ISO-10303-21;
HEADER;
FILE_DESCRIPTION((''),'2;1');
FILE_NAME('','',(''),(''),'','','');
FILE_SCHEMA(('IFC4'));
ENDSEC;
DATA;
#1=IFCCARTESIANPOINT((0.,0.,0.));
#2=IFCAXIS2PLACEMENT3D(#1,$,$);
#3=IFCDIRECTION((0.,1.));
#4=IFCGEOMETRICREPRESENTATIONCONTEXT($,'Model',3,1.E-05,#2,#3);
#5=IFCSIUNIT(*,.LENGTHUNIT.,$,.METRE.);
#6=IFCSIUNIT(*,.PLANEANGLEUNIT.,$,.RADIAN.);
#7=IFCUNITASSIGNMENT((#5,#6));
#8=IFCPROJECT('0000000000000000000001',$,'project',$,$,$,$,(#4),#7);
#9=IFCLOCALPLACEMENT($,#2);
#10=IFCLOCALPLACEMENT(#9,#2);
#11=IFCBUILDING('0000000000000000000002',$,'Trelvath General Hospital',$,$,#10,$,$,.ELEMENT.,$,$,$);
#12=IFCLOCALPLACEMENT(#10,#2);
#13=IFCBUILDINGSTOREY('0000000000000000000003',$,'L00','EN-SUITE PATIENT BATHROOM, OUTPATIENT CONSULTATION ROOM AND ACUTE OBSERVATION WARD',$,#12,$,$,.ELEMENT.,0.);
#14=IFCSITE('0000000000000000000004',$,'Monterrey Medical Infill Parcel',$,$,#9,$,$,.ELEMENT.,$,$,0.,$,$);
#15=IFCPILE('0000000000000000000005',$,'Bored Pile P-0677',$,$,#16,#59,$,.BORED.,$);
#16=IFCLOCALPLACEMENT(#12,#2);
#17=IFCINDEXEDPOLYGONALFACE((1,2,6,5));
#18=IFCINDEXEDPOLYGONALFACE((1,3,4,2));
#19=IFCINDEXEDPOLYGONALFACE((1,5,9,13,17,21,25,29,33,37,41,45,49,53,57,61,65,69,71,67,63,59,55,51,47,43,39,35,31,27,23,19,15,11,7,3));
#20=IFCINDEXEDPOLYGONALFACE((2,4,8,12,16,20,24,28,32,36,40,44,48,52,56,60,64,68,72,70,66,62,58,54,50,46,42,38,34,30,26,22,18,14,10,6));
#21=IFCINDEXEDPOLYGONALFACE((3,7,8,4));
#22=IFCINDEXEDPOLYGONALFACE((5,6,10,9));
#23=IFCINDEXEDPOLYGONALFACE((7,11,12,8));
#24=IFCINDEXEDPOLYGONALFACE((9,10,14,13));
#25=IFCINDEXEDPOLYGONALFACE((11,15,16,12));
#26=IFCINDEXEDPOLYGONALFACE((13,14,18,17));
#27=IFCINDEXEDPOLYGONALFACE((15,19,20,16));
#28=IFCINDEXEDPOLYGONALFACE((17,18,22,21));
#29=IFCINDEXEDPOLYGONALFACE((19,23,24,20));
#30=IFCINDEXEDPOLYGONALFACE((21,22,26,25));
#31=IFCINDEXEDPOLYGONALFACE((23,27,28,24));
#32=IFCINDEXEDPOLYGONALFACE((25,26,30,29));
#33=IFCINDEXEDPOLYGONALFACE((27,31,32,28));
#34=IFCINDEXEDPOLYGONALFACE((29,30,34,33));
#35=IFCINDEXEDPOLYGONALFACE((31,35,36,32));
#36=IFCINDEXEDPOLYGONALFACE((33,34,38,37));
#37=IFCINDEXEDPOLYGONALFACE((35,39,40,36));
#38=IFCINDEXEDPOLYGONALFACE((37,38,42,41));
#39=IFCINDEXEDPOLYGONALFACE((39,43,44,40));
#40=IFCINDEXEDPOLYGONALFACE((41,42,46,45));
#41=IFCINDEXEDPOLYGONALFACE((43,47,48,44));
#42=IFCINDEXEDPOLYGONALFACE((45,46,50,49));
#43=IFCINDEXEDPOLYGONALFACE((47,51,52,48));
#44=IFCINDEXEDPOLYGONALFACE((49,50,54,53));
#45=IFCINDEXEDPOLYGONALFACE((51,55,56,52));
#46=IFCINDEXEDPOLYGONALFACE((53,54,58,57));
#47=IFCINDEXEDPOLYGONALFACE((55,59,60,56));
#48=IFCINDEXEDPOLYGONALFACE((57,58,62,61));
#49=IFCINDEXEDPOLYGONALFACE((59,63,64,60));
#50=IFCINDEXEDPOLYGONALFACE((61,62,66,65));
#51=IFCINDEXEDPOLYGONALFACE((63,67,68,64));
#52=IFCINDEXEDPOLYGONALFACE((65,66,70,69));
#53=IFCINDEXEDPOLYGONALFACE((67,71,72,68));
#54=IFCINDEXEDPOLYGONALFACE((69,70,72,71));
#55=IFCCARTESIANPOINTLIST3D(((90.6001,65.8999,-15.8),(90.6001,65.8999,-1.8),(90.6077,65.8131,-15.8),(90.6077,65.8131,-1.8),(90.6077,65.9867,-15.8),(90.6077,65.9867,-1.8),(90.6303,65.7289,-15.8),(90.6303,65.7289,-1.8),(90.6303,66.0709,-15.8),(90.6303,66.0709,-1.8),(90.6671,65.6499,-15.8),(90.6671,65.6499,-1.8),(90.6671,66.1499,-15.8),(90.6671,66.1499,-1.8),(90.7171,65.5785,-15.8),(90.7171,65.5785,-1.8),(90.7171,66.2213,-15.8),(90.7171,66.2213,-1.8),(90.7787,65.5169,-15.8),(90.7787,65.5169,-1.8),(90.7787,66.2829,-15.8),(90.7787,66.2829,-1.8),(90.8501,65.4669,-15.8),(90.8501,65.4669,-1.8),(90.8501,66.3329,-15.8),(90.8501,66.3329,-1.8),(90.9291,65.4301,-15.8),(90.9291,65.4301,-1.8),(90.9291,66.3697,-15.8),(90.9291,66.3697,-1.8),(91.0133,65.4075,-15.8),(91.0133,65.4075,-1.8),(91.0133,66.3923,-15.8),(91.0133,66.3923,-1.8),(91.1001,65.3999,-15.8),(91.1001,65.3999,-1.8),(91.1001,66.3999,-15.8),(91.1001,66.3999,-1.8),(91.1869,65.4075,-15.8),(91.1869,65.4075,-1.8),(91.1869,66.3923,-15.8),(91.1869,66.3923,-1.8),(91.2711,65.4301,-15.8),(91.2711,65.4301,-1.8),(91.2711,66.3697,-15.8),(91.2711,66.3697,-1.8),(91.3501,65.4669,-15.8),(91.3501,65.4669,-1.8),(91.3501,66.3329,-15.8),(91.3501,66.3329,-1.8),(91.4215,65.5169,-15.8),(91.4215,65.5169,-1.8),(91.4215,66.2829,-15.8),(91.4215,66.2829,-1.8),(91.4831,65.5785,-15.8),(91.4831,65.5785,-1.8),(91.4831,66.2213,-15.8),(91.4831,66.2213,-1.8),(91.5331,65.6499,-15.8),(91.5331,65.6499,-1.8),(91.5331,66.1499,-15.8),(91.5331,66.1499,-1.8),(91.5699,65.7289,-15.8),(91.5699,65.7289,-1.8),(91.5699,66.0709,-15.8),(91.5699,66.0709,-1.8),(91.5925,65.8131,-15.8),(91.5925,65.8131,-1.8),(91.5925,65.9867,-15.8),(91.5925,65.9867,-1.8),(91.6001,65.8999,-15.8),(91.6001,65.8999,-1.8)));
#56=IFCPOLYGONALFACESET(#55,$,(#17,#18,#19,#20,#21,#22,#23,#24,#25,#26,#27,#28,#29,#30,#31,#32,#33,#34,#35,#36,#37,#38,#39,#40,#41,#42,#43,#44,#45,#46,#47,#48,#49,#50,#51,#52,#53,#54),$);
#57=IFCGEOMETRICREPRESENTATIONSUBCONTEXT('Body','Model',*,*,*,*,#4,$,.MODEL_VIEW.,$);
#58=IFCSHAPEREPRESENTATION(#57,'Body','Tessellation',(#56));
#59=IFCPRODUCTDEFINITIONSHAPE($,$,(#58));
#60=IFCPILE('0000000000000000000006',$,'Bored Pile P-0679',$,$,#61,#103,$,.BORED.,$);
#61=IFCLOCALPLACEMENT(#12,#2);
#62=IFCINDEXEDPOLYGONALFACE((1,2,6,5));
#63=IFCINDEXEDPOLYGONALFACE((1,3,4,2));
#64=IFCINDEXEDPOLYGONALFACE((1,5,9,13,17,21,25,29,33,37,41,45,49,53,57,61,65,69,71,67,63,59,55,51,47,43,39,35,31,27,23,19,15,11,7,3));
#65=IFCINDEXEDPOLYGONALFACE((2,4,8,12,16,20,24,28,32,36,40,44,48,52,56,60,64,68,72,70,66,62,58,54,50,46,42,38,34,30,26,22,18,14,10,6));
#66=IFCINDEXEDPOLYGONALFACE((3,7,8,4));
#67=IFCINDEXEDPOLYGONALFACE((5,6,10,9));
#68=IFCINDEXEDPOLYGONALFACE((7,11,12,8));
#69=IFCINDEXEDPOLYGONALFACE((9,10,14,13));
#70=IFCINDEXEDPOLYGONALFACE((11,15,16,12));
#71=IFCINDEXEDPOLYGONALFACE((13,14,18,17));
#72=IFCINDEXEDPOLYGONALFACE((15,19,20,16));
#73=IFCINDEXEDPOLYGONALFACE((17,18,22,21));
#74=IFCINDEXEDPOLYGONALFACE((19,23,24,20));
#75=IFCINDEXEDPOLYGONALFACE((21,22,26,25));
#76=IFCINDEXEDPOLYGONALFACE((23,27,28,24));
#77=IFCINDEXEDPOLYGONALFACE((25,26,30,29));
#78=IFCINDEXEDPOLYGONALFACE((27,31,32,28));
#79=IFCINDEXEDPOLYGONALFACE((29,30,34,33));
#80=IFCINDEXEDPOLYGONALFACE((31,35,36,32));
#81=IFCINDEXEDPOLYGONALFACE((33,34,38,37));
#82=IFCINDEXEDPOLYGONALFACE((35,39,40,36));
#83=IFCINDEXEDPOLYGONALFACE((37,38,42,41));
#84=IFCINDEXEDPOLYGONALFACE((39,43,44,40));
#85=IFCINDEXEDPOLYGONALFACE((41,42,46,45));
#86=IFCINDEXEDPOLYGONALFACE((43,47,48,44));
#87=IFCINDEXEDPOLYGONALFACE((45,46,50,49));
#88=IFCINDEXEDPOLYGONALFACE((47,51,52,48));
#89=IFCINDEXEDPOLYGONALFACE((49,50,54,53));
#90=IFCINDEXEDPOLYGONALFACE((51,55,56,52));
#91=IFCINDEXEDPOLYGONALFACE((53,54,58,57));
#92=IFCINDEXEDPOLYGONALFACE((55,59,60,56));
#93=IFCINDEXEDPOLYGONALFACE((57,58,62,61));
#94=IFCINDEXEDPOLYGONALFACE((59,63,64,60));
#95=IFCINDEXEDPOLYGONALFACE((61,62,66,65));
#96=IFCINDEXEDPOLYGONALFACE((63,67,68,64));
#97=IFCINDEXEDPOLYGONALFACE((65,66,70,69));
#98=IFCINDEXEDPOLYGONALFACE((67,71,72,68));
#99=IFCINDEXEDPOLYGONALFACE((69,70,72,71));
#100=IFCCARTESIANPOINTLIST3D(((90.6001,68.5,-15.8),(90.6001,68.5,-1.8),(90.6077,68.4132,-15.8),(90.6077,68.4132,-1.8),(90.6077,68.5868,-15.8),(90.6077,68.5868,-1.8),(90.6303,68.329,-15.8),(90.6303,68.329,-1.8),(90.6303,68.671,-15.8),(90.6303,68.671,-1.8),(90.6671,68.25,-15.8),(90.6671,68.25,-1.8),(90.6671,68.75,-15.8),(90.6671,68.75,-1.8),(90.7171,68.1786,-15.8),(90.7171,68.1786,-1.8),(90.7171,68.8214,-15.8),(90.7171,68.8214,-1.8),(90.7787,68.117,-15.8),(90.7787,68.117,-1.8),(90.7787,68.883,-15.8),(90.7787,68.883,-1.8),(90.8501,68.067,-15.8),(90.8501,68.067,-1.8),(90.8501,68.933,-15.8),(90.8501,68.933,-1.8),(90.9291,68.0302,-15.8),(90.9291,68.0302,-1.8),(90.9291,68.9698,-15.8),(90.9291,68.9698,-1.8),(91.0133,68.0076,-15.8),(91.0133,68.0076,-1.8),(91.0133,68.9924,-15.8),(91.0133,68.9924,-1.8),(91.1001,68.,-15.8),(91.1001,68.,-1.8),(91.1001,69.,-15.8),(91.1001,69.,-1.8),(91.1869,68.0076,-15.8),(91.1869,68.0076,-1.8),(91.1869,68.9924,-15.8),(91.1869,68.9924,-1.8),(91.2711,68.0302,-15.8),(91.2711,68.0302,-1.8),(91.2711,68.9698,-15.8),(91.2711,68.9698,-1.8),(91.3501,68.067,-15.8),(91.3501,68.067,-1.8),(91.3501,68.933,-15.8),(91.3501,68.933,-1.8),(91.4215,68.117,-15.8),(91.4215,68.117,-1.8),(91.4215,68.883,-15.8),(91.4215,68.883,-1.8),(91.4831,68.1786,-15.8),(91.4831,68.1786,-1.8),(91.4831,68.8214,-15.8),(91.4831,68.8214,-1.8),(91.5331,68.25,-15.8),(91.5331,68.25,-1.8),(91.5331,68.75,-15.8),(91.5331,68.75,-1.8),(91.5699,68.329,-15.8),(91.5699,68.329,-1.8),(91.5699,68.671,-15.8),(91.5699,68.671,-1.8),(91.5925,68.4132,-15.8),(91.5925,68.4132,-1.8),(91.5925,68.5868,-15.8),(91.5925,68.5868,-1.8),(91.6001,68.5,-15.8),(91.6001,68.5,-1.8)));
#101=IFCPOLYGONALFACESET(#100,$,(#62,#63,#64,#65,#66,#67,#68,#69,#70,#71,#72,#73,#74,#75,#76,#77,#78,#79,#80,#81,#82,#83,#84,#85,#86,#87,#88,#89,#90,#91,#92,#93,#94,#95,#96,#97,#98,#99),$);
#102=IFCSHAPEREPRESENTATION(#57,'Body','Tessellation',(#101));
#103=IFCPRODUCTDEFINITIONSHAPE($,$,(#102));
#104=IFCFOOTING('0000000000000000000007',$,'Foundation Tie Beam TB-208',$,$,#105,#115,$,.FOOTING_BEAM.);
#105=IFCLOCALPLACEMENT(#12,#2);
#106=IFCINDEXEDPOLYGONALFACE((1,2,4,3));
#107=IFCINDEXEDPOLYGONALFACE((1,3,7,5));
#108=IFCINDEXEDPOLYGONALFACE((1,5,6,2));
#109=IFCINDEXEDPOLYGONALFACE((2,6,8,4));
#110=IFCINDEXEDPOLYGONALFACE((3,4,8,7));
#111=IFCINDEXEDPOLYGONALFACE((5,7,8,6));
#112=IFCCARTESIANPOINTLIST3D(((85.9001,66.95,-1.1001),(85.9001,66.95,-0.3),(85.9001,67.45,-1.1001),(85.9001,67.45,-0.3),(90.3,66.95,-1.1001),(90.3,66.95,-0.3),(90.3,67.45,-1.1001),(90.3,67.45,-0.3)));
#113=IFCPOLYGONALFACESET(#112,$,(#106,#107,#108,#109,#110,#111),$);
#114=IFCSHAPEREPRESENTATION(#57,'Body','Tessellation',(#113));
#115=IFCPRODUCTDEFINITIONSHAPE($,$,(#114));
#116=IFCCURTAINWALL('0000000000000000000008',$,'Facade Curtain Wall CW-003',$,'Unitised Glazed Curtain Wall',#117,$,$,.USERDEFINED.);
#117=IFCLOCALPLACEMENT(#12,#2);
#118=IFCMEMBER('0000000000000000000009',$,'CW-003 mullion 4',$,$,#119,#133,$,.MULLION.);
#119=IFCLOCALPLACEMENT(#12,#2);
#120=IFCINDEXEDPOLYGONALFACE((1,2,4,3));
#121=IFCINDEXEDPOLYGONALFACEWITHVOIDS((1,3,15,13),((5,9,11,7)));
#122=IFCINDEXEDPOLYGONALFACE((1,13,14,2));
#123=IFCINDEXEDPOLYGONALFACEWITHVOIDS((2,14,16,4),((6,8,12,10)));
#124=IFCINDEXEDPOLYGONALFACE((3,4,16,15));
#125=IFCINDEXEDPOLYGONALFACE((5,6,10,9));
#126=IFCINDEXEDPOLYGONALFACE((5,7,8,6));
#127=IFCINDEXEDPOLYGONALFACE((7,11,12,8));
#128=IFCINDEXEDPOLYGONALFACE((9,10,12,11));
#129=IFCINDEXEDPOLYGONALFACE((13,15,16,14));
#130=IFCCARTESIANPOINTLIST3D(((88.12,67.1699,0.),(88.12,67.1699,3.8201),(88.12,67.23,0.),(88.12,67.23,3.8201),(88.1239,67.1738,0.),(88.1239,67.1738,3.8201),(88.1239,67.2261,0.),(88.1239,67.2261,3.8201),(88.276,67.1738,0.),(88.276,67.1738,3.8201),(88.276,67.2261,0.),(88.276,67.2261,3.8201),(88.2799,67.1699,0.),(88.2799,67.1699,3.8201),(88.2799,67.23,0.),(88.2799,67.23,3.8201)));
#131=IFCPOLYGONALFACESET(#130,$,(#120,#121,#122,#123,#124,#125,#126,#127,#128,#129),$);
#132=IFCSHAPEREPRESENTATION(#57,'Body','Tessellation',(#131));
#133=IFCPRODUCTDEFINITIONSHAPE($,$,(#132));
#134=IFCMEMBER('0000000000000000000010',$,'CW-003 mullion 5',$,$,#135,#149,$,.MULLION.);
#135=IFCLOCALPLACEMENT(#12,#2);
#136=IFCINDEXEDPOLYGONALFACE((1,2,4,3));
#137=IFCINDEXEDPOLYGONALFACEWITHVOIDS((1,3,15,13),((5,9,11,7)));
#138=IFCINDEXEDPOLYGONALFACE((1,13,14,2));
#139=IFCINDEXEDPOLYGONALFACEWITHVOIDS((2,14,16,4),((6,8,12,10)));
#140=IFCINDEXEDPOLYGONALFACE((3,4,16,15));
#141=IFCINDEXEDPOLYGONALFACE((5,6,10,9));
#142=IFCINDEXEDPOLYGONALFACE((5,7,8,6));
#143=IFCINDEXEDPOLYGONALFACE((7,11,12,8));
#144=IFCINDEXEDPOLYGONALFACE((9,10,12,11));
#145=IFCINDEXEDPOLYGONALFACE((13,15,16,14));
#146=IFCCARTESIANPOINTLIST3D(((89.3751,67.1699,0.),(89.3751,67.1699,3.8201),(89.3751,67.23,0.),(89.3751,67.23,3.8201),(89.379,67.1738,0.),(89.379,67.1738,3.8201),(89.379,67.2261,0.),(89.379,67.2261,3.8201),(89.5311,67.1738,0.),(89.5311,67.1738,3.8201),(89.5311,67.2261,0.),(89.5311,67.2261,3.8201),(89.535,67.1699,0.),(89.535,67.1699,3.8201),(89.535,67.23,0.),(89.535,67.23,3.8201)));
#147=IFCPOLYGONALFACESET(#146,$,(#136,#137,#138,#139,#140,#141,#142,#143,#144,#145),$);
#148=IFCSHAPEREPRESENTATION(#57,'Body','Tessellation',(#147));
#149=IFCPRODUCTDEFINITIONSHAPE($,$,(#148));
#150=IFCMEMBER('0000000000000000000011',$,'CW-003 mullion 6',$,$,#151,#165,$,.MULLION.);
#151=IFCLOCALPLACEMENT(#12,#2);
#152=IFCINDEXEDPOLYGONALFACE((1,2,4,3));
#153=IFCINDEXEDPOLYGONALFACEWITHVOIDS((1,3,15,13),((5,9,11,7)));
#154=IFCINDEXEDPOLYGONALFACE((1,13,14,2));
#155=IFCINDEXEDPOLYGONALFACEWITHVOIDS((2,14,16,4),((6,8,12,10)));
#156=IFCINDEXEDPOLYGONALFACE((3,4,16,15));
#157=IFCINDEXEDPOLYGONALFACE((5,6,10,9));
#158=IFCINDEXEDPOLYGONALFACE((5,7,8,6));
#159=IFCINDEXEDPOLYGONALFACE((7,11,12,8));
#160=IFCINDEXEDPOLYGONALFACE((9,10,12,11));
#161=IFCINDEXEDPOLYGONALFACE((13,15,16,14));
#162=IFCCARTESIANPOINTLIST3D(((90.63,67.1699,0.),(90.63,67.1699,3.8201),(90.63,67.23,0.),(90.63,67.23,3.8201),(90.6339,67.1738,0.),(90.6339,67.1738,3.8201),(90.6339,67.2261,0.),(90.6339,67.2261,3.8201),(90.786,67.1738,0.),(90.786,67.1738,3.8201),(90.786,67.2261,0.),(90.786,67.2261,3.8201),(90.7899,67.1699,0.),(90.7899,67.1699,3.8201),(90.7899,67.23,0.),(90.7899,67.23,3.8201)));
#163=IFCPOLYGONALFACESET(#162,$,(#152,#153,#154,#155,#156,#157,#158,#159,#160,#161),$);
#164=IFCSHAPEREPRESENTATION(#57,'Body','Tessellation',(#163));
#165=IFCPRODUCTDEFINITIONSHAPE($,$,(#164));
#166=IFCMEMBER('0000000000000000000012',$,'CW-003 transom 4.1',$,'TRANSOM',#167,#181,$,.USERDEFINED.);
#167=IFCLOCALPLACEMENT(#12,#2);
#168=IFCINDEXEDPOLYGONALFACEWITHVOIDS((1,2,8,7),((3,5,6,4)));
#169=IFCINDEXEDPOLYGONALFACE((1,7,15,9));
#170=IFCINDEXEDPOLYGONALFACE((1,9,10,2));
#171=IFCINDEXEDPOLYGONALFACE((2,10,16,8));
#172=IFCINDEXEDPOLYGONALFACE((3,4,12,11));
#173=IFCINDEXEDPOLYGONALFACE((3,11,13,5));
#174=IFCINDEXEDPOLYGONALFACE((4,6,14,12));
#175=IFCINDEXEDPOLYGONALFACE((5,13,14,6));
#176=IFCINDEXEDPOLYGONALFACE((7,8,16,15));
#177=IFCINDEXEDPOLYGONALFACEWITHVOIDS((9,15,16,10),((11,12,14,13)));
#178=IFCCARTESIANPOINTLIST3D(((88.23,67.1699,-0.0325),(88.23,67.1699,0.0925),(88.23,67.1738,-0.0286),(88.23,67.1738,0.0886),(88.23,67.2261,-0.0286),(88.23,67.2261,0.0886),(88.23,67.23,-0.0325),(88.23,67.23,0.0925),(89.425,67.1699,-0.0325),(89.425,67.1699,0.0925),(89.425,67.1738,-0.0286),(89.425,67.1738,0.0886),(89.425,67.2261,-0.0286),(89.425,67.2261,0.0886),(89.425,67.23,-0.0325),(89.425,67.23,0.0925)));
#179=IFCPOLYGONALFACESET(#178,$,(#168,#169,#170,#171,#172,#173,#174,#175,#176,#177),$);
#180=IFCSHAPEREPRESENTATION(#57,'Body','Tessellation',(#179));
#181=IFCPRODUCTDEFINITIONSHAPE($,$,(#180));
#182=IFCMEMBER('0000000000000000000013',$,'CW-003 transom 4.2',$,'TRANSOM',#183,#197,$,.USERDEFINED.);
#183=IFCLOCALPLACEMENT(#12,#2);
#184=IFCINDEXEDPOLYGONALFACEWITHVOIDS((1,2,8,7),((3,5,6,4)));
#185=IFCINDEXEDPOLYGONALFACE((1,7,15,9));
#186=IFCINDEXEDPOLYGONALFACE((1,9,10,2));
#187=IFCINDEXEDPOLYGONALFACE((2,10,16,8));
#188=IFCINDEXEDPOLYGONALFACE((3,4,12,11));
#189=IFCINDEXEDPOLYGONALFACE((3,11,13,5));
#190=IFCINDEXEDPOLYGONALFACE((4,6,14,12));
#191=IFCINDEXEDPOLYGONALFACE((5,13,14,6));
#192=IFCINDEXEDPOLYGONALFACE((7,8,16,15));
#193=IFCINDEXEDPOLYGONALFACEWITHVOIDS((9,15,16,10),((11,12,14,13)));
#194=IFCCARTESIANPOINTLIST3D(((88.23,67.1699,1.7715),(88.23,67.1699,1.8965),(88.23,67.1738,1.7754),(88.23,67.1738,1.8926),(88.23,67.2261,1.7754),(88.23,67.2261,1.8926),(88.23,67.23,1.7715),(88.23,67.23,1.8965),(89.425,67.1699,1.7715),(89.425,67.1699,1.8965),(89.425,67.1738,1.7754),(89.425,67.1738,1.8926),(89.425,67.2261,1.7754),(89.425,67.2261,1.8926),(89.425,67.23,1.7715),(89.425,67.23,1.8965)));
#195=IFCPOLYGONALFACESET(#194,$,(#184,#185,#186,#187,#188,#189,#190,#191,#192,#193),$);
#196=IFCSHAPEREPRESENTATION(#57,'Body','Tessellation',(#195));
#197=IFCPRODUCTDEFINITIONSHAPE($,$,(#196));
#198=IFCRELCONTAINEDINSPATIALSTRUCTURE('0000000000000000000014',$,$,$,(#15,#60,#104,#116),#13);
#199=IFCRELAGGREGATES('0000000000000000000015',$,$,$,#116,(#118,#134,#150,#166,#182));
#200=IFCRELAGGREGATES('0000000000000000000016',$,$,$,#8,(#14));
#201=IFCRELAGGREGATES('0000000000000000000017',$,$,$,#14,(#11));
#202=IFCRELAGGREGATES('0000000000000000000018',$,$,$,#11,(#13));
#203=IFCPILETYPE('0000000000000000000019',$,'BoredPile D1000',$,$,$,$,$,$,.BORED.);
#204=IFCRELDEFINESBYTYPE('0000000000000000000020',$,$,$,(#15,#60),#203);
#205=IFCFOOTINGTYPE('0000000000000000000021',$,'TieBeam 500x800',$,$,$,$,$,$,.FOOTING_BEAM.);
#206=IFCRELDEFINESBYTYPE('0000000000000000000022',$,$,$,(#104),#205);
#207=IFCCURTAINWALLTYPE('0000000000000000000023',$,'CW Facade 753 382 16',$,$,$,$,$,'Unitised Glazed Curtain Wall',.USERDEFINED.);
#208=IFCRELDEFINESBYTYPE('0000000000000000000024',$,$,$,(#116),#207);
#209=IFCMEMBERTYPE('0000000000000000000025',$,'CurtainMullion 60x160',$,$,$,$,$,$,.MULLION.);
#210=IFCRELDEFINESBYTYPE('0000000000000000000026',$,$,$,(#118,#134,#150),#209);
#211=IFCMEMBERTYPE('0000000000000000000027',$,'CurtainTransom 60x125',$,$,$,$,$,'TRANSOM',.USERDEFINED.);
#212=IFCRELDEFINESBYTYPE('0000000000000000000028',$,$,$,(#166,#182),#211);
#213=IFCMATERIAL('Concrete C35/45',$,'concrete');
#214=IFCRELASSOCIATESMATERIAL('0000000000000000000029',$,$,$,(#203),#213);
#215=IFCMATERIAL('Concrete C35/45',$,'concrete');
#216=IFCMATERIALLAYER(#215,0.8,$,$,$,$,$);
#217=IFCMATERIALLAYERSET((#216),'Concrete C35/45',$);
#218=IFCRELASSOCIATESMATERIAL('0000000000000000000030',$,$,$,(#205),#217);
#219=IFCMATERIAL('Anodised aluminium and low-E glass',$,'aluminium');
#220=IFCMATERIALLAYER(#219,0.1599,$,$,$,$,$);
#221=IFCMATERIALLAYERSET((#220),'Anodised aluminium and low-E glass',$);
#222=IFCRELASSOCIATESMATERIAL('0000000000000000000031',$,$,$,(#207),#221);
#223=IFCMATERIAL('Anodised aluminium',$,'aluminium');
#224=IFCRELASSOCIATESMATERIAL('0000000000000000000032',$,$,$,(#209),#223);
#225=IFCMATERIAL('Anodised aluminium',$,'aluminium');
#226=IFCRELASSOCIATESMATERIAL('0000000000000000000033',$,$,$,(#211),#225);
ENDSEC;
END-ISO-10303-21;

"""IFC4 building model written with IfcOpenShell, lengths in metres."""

from ifc_helpers import new_model, si_unit, direction, frame, origin, origin_2d, place, context, subcontext, project, spatial, rectangle, hollow_rectangle, circle, extrude, material, layer, layer_set, material_profile, profile_set, type_object, element, aggregate, save


model = new_model("IFC4")

# Units and contexts
model_context = context("Model", 3, precision=1e-05, world=origin(), true_north=direction((0.0, 1.0)))
body_context = subcontext(model_context, "Body", "Model", "MODEL_VIEW")
ifc_project = project(units=[si_unit("LENGTHUNIT", "METRE"), si_unit("PLANEANGLEUNIT", "RADIAN")], contexts=[model_context])

# Site, building, storey
site_placement = place(None, origin())
site = spatial("IfcSite", under=ifc_project, at=site_placement, Name="Monterrey Medical Infill Parcel", CompositionType="ELEMENT", RefElevation=0.0)
building_placement = place(site_placement, origin())
building = spatial("IfcBuilding", under=site, at=building_placement, Name="Trelvath General Hospital", CompositionType="ELEMENT")
storey_placement = place(building_placement, origin())
storey = spatial("IfcBuildingStorey", under=building, at=storey_placement, Name="L00", Description="EN-SUITE PATIENT BATHROOM, OUTPATIENT CONSULTATION ROOM AND ACUTE OBSERVATION WARD", CompositionType="ELEMENT", Elevation=0.0)

# Piles
ifc_material_1 = material(Name="Concrete C35/45", Category="concrete")
ifc_material_profile_1 = material_profile(ifc_material_1, circle(Radius=0.5, at=origin_2d()), Name="PILE1000")
ifc_profile_set_1 = profile_set([ifc_material_profile_1], Name="Concrete C35/45")
pile_type = type_object("IfcPileType", Name="BoredPile D1000", PredefinedType="BORED", material=ifc_profile_set_1)
for number, where, z_axis, x_axis, name in (
    (1, (91.1001, 65.8999, -1.8), (0.0, 0.0, -1.0), (1.0, 0.0, 0.0), "Bored Pile P-0677"),
    (2, (91.1001, 68.5, -1.8), (0.0, 0.0, -1.0), (1.0, 0.0, 0.0), "Bored Pile P-0679"),
):
    element("IfcPile", number, at=place(storey_placement, frame(where, z_axis=z_axis, x_axis=x_axis)), inside=storey, type_object=pile_type, Name=name, PredefinedType="BORED", context=body_context, shape_type="SweptSolid", body=[
        extrude(circle(Radius=0.5, at=origin_2d()), origin(), (0.0, 0.0, 1.0), 14.0),
    ])

# Footing
ifc_material_2 = material(Name="Concrete C35/45", Category="concrete")
ifc_layer_1 = layer(ifc_material_2, 0.8)
ifc_layer_set_1 = layer_set([ifc_layer_1], Name="Concrete C35/45")
footing_type = type_object("IfcFootingType", Name="TieBeam 500x800", PredefinedType="FOOTING_BEAM", material=ifc_layer_set_1)
footing_placement = place(storey_placement, frame((88.1001, 67.2, -1.1001), z_axis=(0.0, 0.0, 1.0), x_axis=(1.0, 0.0, 0.0)))
element("IfcFooting", 3, at=footing_placement, inside=storey, type_object=footing_type, Name="Foundation Tie Beam TB-208", PredefinedType="FOOTING_BEAM", context=body_context, shape_type="SweptSolid", body=[
    extrude(rectangle(XDim=4.3999, YDim=0.5, at=origin_2d()), origin(), (0.0, 0.0, 1.0), 0.8),
])

# Curtain wall, members
ifc_material_3 = material(Name="Anodised aluminium and low-E glass", Category="aluminium")
ifc_layer_2 = layer(ifc_material_3, 0.1599)
ifc_layer_set_2 = layer_set([ifc_layer_2], Name="Anodised aluminium and low-E glass")
curtain_wall_type = type_object("IfcCurtainWallType", Name="CW Facade 753 382 16", ElementType="Unitised Glazed Curtain Wall", PredefinedType="USERDEFINED", material=ifc_layer_set_2)
curtain_wall_placement = place(storey_placement, origin())
curtain_wall = element("IfcCurtainWall", 4, at=curtain_wall_placement, inside=storey, type_object=curtain_wall_type, Name="Facade Curtain Wall CW-003", ObjectType="Unitised Glazed Curtain Wall", PredefinedType="USERDEFINED")
ifc_material_4 = material(Name="Anodised aluminium", Category="aluminium")
ifc_material_profile_2 = material_profile(ifc_material_4, hollow_rectangle(XDim=0.0601, YDim=0.1599, WallThickness=0.0039, at=origin_2d()), Name="RHS60x160x4")
ifc_profile_set_2 = profile_set([ifc_material_profile_2], Name="Anodised aluminium")
member_type_1 = type_object("IfcMemberType", Name="CurtainMullion 60x160", PredefinedType="MULLION", material=ifc_profile_set_2)
member_1_placement = place(storey_placement, frame((88.2, 67.2, 0.0), z_axis=(0.0, 0.0, 1.0), x_axis=(0.0, 1.0, 0.0)))
member_1 = element("IfcMember", 5, at=member_1_placement, type_object=member_type_1, Name="CW-003 mullion 4", PredefinedType="MULLION", context=body_context, shape_type="SweptSolid", body=[
    extrude(hollow_rectangle(XDim=0.0601, YDim=0.1599, WallThickness=0.0039, at=origin_2d()), origin(), (0.0, 0.0, 1.0), 3.8201),
])
member_2_placement = place(storey_placement, frame((89.4551, 67.2, 0.0), z_axis=(0.0, 0.0, 1.0), x_axis=(0.0, 1.0, 0.0)))
member_2 = element("IfcMember", 6, at=member_2_placement, type_object=member_type_1, Name="CW-003 mullion 5", PredefinedType="MULLION", context=body_context, shape_type="SweptSolid", body=[
    extrude(hollow_rectangle(XDim=0.0601, YDim=0.1599, WallThickness=0.0039, at=origin_2d()), origin(), (0.0, 0.0, 1.0), 3.8201),
])
member_3_placement = place(storey_placement, frame((90.71, 67.2, 0.0), z_axis=(0.0, 0.0, 1.0), x_axis=(0.0, 1.0, 0.0)))
member_3 = element("IfcMember", 7, at=member_3_placement, type_object=member_type_1, Name="CW-003 mullion 6", PredefinedType="MULLION", context=body_context, shape_type="SweptSolid", body=[
    extrude(hollow_rectangle(XDim=0.0601, YDim=0.1599, WallThickness=0.0039, at=origin_2d()), origin(), (0.0, 0.0, 1.0), 3.8201),
])
ifc_material_5 = material(Name="Anodised aluminium", Category="aluminium")
ifc_material_profile_3 = material_profile(ifc_material_5, hollow_rectangle(XDim=0.0601, YDim=0.125, WallThickness=0.0039, at=origin_2d()), Name="RHS60x125x4")
ifc_profile_set_3 = profile_set([ifc_material_profile_3], Name="Anodised aluminium")
member_type_2 = type_object("IfcMemberType", Name="CurtainTransom 60x125", ElementType="TRANSOM", PredefinedType="USERDEFINED", material=ifc_profile_set_3)
member_4_placement = place(storey_placement, frame((88.23, 67.2, 0.03), z_axis=(1.0, 0.0, 0.0), x_axis=(0.0, 1.0, 0.0)))
member_4 = element("IfcMember", 8, at=member_4_placement, type_object=member_type_2, Name="CW-003 transom 4.1", ObjectType="TRANSOM", PredefinedType="USERDEFINED", context=body_context, shape_type="SweptSolid", body=[
    extrude(hollow_rectangle(XDim=0.0601, YDim=0.125, WallThickness=0.0039, at=origin_2d()), origin(), (0.0, 0.0, 1.0), 1.1951),
])
member_5_placement = place(storey_placement, frame((88.23, 67.2, 1.834), z_axis=(1.0, 0.0, 0.0), x_axis=(0.0, 1.0, 0.0)))
member_5 = element("IfcMember", 9, at=member_5_placement, type_object=member_type_2, Name="CW-003 transom 4.2", ObjectType="TRANSOM", PredefinedType="USERDEFINED", context=body_context, shape_type="SweptSolid", body=[
    extrude(hollow_rectangle(XDim=0.0601, YDim=0.125, WallThickness=0.0039, at=origin_2d()), origin(), (0.0, 0.0, 1.0), 1.1951),
])
aggregate(curtain_wall, [member_1, member_2, member_3, member_4, member_5])

save(model, "model.ifc")
